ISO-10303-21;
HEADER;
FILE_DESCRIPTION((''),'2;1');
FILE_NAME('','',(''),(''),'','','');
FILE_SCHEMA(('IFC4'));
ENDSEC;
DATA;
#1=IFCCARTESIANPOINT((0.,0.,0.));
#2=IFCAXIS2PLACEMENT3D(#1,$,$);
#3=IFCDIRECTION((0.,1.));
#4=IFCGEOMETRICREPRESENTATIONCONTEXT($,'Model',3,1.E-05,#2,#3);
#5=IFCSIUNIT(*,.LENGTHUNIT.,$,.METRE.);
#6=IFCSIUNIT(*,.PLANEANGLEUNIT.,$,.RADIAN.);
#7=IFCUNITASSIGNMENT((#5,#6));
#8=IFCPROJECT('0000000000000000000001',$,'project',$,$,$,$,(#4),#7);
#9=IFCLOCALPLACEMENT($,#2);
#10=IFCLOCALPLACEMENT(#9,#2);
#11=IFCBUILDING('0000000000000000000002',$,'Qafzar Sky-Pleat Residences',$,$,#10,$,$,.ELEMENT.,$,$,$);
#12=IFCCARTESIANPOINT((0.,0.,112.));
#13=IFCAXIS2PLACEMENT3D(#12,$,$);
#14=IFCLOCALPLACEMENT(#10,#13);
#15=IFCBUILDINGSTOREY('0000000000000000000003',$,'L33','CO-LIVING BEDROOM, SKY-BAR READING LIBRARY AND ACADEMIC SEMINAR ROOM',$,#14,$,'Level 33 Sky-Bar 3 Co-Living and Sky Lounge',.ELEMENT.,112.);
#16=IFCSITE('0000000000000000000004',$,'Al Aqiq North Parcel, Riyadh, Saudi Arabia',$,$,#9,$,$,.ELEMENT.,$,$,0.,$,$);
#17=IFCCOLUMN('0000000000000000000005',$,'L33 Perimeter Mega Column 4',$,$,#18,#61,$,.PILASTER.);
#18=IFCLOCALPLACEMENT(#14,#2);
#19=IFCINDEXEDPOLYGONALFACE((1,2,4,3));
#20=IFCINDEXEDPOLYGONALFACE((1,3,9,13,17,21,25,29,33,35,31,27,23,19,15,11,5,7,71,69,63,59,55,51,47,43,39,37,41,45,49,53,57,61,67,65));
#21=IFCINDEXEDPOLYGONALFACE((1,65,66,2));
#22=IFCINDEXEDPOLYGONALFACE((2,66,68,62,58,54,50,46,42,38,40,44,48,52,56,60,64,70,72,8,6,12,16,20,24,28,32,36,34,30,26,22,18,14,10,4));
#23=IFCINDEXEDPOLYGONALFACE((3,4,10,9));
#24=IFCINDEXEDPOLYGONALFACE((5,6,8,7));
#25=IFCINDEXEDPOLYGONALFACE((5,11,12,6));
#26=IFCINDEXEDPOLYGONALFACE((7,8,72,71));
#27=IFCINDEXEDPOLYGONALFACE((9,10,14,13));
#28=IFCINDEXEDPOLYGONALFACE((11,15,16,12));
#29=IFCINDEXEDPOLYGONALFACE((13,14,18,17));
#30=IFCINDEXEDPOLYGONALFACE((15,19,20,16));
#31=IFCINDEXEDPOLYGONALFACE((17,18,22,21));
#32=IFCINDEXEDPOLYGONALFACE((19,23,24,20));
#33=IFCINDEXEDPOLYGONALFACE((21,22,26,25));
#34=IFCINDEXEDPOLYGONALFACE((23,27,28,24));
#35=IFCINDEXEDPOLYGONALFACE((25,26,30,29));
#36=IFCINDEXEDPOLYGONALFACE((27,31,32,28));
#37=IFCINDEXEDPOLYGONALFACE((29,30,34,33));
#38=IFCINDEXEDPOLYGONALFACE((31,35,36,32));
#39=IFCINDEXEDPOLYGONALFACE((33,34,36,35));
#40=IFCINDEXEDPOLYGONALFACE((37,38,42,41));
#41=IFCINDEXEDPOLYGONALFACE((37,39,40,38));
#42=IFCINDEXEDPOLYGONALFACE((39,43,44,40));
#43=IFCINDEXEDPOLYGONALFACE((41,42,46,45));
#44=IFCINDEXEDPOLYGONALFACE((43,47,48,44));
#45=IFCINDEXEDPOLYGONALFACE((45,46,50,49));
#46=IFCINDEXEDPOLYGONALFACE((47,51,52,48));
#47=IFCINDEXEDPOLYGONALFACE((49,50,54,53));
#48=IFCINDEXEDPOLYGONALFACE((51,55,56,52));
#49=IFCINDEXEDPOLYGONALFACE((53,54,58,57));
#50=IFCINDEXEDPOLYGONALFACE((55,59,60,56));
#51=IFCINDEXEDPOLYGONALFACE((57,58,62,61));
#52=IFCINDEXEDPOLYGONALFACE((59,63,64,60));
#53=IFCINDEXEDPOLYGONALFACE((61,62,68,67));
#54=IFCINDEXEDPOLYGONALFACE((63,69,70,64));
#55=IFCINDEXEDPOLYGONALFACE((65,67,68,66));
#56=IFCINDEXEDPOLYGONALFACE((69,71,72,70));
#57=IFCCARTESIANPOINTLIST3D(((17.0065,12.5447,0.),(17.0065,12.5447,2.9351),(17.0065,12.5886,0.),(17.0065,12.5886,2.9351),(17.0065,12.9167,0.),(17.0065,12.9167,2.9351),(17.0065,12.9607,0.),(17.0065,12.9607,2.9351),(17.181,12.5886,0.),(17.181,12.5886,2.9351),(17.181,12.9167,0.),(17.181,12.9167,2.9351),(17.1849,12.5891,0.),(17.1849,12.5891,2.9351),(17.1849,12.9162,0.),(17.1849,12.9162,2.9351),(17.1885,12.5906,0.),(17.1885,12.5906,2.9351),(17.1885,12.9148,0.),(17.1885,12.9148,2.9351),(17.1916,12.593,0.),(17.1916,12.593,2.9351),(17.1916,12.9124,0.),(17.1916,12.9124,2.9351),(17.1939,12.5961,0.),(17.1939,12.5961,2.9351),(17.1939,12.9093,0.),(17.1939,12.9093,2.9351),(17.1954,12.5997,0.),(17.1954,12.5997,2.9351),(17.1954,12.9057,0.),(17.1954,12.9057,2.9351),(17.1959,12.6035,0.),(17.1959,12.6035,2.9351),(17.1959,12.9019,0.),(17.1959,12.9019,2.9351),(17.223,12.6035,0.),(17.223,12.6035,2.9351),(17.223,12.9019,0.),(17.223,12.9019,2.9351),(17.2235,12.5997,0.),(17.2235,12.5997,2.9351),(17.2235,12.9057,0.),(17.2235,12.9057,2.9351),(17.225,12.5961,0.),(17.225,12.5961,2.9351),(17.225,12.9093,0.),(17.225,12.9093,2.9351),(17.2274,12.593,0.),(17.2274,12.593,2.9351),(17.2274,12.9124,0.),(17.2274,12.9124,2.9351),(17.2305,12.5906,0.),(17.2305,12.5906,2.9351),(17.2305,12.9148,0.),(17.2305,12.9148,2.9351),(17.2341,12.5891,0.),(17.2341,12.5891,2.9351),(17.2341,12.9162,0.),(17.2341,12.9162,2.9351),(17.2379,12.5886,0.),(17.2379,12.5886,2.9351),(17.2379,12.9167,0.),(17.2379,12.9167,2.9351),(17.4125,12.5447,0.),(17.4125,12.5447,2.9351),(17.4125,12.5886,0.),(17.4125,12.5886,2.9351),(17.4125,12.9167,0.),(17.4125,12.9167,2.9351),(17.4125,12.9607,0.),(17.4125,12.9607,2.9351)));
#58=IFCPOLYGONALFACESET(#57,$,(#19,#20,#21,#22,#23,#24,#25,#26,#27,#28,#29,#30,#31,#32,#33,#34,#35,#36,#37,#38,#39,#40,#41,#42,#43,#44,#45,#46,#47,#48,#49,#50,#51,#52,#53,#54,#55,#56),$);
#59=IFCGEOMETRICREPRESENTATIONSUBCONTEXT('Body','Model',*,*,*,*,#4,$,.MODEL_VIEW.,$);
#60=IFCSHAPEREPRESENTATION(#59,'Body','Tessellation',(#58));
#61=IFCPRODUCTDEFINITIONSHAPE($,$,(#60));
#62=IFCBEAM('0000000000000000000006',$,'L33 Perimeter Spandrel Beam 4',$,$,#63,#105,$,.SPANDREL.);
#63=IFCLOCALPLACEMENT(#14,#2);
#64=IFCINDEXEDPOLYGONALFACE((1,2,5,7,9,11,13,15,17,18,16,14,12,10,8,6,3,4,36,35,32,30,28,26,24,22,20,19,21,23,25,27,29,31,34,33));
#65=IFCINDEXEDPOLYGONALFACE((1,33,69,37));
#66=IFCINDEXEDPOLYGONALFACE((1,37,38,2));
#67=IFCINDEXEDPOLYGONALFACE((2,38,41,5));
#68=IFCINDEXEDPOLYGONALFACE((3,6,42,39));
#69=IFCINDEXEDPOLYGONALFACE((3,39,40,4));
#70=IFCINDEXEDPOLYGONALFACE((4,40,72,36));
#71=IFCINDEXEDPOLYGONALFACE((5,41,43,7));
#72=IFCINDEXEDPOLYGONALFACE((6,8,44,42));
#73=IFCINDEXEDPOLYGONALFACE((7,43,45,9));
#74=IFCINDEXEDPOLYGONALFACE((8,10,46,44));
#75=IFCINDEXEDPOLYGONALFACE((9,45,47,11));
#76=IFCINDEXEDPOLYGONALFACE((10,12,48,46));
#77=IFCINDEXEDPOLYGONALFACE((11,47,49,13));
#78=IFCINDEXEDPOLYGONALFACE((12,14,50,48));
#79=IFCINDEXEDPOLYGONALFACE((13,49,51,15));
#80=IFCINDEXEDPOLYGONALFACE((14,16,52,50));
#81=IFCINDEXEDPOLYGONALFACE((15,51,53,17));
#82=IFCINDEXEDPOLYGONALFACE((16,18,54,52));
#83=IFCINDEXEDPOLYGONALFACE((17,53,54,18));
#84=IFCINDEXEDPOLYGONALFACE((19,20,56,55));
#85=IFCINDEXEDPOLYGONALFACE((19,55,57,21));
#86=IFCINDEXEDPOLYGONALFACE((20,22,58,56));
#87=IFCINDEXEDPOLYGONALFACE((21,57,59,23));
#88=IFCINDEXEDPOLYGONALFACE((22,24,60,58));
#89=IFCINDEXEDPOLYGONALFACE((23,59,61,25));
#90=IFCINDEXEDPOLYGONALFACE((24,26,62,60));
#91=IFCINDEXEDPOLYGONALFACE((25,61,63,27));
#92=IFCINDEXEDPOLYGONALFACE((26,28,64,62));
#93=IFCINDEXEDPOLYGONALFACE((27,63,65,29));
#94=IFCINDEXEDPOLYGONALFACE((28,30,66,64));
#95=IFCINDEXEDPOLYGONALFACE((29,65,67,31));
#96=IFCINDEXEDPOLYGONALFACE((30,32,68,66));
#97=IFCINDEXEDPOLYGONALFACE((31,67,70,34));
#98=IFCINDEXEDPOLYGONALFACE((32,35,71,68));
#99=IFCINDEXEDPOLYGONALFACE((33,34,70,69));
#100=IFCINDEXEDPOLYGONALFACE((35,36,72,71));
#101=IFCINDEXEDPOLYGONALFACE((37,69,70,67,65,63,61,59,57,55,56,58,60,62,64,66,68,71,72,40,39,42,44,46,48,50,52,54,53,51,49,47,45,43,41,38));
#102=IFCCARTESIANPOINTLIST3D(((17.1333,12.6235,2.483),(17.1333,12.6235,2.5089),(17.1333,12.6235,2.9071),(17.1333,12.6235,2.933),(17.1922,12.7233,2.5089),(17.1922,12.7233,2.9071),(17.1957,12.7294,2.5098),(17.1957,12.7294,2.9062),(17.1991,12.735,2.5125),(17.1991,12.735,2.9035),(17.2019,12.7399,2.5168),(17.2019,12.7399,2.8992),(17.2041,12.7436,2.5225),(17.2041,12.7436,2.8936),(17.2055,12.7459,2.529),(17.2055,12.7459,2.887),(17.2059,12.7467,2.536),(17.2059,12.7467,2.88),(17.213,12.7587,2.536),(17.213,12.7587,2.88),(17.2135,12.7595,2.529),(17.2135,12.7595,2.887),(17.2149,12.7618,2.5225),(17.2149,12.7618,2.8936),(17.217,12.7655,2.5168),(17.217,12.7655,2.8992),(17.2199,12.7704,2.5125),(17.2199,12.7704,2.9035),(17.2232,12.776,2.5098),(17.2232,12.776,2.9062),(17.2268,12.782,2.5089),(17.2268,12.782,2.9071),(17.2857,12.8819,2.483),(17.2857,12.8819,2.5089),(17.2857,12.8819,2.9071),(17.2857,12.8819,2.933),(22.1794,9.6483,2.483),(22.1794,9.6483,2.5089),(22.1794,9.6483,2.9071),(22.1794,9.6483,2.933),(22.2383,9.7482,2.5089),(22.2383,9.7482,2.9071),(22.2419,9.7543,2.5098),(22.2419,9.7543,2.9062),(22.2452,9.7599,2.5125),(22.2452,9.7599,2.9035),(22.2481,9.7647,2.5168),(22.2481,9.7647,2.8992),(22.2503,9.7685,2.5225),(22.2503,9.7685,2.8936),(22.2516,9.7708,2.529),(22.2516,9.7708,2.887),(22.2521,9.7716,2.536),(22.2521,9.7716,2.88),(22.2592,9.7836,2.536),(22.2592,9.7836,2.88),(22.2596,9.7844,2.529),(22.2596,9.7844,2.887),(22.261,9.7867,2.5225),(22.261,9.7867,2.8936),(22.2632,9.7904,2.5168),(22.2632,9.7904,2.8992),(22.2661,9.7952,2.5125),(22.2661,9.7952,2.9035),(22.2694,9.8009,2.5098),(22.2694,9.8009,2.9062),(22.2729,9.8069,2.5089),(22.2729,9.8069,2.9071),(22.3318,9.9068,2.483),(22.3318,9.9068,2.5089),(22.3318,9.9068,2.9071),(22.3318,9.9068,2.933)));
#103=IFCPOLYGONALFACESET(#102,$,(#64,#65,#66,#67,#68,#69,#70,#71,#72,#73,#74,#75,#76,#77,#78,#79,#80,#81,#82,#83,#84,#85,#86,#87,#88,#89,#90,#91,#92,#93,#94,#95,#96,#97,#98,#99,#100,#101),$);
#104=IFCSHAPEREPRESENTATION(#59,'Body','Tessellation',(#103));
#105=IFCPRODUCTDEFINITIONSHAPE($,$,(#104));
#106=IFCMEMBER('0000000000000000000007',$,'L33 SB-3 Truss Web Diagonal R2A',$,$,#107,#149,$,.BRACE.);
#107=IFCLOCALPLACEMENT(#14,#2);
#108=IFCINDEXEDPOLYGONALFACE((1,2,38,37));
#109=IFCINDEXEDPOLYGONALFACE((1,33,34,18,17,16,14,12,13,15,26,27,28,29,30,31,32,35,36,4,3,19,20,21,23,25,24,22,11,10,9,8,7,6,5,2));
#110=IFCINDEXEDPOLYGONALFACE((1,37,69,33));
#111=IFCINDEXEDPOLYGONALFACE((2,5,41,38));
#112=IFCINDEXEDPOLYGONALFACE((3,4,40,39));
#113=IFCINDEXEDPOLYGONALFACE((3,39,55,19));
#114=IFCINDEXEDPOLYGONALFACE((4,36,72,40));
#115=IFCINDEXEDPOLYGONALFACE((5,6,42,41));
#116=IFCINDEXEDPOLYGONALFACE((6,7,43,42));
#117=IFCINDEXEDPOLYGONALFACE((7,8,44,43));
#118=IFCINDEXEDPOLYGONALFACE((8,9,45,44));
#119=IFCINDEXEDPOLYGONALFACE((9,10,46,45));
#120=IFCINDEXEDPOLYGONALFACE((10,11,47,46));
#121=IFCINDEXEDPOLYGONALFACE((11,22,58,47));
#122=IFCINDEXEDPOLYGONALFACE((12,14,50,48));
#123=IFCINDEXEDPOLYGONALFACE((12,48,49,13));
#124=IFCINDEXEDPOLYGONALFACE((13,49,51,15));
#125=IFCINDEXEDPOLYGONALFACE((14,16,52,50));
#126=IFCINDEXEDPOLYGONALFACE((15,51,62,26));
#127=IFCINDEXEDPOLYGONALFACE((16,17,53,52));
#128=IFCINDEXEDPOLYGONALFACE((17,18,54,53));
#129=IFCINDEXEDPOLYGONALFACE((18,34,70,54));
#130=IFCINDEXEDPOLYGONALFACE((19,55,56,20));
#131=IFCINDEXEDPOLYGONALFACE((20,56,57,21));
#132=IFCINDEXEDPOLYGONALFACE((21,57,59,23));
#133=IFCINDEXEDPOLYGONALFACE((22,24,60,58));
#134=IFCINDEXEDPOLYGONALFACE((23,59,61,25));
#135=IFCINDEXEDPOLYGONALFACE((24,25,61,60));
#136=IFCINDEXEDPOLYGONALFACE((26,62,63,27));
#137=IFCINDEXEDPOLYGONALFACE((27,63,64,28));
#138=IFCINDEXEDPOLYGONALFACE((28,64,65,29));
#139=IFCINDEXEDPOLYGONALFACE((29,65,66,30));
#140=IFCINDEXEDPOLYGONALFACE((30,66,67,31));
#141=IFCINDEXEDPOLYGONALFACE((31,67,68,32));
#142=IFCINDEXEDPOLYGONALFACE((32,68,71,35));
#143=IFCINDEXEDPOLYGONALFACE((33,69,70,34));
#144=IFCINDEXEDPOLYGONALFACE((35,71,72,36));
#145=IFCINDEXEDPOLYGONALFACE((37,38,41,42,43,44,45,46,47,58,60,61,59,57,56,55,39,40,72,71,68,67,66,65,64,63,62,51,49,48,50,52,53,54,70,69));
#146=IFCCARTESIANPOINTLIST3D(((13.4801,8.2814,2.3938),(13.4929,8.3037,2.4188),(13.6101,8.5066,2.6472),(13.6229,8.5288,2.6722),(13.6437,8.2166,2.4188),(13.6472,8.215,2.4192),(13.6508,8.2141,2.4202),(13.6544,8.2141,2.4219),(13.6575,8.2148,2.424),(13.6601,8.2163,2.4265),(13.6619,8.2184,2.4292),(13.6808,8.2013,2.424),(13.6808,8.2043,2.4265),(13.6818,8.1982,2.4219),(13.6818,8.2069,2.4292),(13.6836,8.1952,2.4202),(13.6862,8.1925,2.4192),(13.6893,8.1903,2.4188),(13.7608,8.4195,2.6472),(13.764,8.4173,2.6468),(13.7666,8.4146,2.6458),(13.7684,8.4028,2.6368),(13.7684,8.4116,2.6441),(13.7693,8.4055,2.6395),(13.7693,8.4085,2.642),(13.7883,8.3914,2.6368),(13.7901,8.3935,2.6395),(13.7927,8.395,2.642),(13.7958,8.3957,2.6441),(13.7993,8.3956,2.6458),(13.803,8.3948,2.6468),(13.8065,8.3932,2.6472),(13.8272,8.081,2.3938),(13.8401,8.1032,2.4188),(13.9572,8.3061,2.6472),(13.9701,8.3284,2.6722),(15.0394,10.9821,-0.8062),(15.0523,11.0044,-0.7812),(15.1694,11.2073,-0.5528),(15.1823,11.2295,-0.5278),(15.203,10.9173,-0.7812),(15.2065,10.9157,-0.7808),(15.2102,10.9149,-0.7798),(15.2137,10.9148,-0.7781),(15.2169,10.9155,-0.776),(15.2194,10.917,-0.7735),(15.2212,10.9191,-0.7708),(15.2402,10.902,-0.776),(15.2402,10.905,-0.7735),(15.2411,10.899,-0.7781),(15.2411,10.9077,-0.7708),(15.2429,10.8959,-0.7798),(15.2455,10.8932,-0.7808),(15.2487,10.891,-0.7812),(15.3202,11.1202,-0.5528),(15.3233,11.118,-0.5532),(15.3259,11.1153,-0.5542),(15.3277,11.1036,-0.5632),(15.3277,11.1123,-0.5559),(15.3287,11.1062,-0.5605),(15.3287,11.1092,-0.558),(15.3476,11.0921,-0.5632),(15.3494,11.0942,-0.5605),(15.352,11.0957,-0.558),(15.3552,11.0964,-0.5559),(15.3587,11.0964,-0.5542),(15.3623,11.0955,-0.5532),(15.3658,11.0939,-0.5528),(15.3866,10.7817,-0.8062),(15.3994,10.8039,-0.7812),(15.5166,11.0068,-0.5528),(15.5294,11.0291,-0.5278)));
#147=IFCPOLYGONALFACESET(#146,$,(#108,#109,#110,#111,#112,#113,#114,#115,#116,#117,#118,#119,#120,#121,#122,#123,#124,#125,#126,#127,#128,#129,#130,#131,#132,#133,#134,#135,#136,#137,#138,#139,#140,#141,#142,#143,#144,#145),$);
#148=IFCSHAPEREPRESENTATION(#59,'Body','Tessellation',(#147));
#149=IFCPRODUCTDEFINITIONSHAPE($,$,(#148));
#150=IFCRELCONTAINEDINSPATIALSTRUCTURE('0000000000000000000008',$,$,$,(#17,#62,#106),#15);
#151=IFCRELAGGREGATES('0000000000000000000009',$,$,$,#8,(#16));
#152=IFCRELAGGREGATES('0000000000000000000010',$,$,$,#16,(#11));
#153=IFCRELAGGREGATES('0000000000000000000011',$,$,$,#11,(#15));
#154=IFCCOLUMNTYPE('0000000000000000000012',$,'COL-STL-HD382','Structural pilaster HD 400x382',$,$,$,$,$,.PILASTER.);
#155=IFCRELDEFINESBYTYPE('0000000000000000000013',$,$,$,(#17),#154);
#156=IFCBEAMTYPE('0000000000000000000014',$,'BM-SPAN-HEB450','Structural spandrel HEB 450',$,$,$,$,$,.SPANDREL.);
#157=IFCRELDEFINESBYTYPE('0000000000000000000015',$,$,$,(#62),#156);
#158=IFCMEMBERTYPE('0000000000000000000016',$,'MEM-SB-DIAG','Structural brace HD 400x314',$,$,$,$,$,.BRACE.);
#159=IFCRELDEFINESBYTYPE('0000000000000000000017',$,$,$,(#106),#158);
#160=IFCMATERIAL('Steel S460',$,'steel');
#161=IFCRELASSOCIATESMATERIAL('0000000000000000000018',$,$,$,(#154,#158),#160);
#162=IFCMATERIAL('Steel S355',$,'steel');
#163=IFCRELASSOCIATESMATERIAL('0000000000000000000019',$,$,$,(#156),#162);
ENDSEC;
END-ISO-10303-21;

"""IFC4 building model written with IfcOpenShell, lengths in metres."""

from ifc_helpers import new_model, si_unit, direction, frame, origin, origin_2d, place, context, subcontext, project, spatial, i_section, extrude, source, transform, mapped, material, material_profile, profile_set, type_object, element, save


model = new_model("IFC4")

# Units and contexts
model_context = context("Model", 3, precision=1e-05, world=origin(), true_north=direction((0.0, 1.0)))
body_context = subcontext(model_context, "Body", "Model", "MODEL_VIEW")
ifc_project = project(units=[si_unit("LENGTHUNIT", "METRE"), si_unit("PLANEANGLEUNIT", "RADIAN")], contexts=[model_context])

# Site, building, storey
site_placement = place(None, origin())
site = spatial("IfcSite", under=ifc_project, at=site_placement, Name="Al Aqiq North Parcel, Riyadh, Saudi Arabia", CompositionType="ELEMENT", RefElevation=0.0)
building_placement = place(site_placement, origin())
building = spatial("IfcBuilding", under=site, at=building_placement, Name="Qafzar Sky-Pleat Residences", CompositionType="ELEMENT")
storey_placement = place(building_placement, frame((0.0, 0.0, 112.0)))
storey = spatial("IfcBuildingStorey", under=building, at=storey_placement, Name="L33", Description="CO-LIVING BEDROOM, SKY-BAR READING LIBRARY AND ACADEMIC SEMINAR ROOM", LongName="Level 33 Sky-Bar 3 Co-Living and Sky Lounge", CompositionType="ELEMENT", Elevation=112.0)

# Column
ifc_material_1 = material(Name="Steel S460", Category="steel")
ifc_material_profile_1 = material_profile(ifc_material_1, i_section(OverallWidth=0.406, OverallDepth=0.416, WebThickness=0.0271, FlangeThickness=0.0439, FilletRadius=0.0149, at=origin_2d()), Name="HD 400x382")
ifc_profile_set_1 = profile_set([ifc_material_profile_1], Name="Steel S460")
column_type = type_object("IfcColumnType", Name="COL-STL-HD382", Description="Structural pilaster HD 400x382", PredefinedType="PILASTER", material=ifc_profile_set_1)
shared_shape_1 = source(origin(), body_context, "Body", "SweptSolid", [
    extrude(i_section(OverallWidth=0.406, OverallDepth=0.416, WebThickness=0.0271, FlangeThickness=0.0439, FilletRadius=0.0149, at=origin_2d()), origin(), (0.0, 0.0, 1.0), 2.9351),
])
column_placement = place(storey_placement, frame((17.2095, 12.7527, 0.0), z_axis=(0.0, 0.0, 1.0), x_axis=(1.0, 0.0, 0.0)))
element("IfcColumn", 1, at=column_placement, inside=storey, type_object=column_type, Name="L33 Perimeter Mega Column 4", PredefinedType="PILASTER", context=body_context, shape_type="MappedRepresentation", body=[
    mapped(shared_shape_1, transform((0.0, 0.0, 0.0), x_axis=(1.0, 0.0, 0.0), y_axis=(0.0, 1.0, 0.0), z_axis=(0.0, 0.0, 1.0), scale=1.0)),
])

# Beam
ifc_material_2 = material(Name="Steel S355", Category="steel")
ifc_material_profile_2 = material_profile(ifc_material_2, i_section(OverallWidth=0.3, OverallDepth=0.45, WebThickness=0.0139, FlangeThickness=0.0259, FilletRadius=0.0271, at=origin_2d()), Name="HEB 450")
ifc_profile_set_2 = profile_set([ifc_material_profile_2], Name="Steel S355")
beam_type_1 = type_object("IfcBeamType", Name="BM-SPAN-HEB450", Description="Structural spandrel HEB 450", PredefinedType="SPANDREL", material=ifc_profile_set_2)
shared_shape_2 = source(origin(), body_context, "Body", "SweptSolid", [
    extrude(i_section(OverallWidth=0.3, OverallDepth=0.45, WebThickness=0.0139, FlangeThickness=0.0259, FilletRadius=0.0271, at=origin_2d()), origin(), (0.0, 0.0, 1.0), 5.8579),
])
beam_placement = place(storey_placement, frame((17.2095, 12.7527, 2.708), z_axis=(0.861428, -0.50788, 0.0), x_axis=(0.50788, 0.861428, 0.0)))
element("IfcBeam", 2, at=beam_placement, inside=storey, type_object=beam_type_1, Name="L33 Perimeter Spandrel Beam 4", PredefinedType="SPANDREL", context=body_context, shape_type="MappedRepresentation", body=[
    mapped(shared_shape_2, transform((0.0, 0.0, 0.0), x_axis=(1.0, 0.0, 0.0), y_axis=(0.0, 1.0, 0.0), z_axis=(0.0, 0.0, 1.0), scale=1.0)),
])

# Member
ifc_material_profile_3 = material_profile(ifc_material_1, i_section(OverallWidth=0.4009, OverallDepth=0.3989, WebThickness=0.0229, FlangeThickness=0.0359, FilletRadius=0.0149, at=origin_2d()), Name="HD 400x314")
ifc_profile_set_3 = profile_set([ifc_material_profile_3], Name="Steel S460")
member_type = type_object("IfcMemberType", Name="MEM-SB-DIAG", Description="Structural brace HD 400x314", PredefinedType="BRACE", material=ifc_profile_set_3)
shared_shape_3 = source(origin(), body_context, "Body", "SweptSolid", [
    extrude(i_section(OverallWidth=0.4009, OverallDepth=0.3989, WebThickness=0.0229, FlangeThickness=0.0359, FilletRadius=0.0149, at=origin_2d()), origin(), (0.0, 0.0, 1.0), 4.4683),
])
for number, where, z_axis, x_axis, name in (
    (3, (15.2844, 11.0056, -0.667), (-0.348982, -0.604422, 0.71616), (0.866013, -0.500021, 0.0), "L33 SB-3 Truss Web Diagonal R2A"),
):
    element("IfcMember", number, at=place(storey_placement, frame(where, z_axis=z_axis, x_axis=x_axis)), inside=storey, type_object=member_type, Name=name, PredefinedType="BRACE", context=body_context, shape_type="MappedRepresentation", body=[
        mapped(shared_shape_3, transform((0.0, 0.0, 0.0), x_axis=(1.0, 0.0, 0.0), y_axis=(0.0, 1.0, 0.0), z_axis=(0.0, 0.0, 1.0), scale=1.0)),
    ])

save(model, "model.ifc")
